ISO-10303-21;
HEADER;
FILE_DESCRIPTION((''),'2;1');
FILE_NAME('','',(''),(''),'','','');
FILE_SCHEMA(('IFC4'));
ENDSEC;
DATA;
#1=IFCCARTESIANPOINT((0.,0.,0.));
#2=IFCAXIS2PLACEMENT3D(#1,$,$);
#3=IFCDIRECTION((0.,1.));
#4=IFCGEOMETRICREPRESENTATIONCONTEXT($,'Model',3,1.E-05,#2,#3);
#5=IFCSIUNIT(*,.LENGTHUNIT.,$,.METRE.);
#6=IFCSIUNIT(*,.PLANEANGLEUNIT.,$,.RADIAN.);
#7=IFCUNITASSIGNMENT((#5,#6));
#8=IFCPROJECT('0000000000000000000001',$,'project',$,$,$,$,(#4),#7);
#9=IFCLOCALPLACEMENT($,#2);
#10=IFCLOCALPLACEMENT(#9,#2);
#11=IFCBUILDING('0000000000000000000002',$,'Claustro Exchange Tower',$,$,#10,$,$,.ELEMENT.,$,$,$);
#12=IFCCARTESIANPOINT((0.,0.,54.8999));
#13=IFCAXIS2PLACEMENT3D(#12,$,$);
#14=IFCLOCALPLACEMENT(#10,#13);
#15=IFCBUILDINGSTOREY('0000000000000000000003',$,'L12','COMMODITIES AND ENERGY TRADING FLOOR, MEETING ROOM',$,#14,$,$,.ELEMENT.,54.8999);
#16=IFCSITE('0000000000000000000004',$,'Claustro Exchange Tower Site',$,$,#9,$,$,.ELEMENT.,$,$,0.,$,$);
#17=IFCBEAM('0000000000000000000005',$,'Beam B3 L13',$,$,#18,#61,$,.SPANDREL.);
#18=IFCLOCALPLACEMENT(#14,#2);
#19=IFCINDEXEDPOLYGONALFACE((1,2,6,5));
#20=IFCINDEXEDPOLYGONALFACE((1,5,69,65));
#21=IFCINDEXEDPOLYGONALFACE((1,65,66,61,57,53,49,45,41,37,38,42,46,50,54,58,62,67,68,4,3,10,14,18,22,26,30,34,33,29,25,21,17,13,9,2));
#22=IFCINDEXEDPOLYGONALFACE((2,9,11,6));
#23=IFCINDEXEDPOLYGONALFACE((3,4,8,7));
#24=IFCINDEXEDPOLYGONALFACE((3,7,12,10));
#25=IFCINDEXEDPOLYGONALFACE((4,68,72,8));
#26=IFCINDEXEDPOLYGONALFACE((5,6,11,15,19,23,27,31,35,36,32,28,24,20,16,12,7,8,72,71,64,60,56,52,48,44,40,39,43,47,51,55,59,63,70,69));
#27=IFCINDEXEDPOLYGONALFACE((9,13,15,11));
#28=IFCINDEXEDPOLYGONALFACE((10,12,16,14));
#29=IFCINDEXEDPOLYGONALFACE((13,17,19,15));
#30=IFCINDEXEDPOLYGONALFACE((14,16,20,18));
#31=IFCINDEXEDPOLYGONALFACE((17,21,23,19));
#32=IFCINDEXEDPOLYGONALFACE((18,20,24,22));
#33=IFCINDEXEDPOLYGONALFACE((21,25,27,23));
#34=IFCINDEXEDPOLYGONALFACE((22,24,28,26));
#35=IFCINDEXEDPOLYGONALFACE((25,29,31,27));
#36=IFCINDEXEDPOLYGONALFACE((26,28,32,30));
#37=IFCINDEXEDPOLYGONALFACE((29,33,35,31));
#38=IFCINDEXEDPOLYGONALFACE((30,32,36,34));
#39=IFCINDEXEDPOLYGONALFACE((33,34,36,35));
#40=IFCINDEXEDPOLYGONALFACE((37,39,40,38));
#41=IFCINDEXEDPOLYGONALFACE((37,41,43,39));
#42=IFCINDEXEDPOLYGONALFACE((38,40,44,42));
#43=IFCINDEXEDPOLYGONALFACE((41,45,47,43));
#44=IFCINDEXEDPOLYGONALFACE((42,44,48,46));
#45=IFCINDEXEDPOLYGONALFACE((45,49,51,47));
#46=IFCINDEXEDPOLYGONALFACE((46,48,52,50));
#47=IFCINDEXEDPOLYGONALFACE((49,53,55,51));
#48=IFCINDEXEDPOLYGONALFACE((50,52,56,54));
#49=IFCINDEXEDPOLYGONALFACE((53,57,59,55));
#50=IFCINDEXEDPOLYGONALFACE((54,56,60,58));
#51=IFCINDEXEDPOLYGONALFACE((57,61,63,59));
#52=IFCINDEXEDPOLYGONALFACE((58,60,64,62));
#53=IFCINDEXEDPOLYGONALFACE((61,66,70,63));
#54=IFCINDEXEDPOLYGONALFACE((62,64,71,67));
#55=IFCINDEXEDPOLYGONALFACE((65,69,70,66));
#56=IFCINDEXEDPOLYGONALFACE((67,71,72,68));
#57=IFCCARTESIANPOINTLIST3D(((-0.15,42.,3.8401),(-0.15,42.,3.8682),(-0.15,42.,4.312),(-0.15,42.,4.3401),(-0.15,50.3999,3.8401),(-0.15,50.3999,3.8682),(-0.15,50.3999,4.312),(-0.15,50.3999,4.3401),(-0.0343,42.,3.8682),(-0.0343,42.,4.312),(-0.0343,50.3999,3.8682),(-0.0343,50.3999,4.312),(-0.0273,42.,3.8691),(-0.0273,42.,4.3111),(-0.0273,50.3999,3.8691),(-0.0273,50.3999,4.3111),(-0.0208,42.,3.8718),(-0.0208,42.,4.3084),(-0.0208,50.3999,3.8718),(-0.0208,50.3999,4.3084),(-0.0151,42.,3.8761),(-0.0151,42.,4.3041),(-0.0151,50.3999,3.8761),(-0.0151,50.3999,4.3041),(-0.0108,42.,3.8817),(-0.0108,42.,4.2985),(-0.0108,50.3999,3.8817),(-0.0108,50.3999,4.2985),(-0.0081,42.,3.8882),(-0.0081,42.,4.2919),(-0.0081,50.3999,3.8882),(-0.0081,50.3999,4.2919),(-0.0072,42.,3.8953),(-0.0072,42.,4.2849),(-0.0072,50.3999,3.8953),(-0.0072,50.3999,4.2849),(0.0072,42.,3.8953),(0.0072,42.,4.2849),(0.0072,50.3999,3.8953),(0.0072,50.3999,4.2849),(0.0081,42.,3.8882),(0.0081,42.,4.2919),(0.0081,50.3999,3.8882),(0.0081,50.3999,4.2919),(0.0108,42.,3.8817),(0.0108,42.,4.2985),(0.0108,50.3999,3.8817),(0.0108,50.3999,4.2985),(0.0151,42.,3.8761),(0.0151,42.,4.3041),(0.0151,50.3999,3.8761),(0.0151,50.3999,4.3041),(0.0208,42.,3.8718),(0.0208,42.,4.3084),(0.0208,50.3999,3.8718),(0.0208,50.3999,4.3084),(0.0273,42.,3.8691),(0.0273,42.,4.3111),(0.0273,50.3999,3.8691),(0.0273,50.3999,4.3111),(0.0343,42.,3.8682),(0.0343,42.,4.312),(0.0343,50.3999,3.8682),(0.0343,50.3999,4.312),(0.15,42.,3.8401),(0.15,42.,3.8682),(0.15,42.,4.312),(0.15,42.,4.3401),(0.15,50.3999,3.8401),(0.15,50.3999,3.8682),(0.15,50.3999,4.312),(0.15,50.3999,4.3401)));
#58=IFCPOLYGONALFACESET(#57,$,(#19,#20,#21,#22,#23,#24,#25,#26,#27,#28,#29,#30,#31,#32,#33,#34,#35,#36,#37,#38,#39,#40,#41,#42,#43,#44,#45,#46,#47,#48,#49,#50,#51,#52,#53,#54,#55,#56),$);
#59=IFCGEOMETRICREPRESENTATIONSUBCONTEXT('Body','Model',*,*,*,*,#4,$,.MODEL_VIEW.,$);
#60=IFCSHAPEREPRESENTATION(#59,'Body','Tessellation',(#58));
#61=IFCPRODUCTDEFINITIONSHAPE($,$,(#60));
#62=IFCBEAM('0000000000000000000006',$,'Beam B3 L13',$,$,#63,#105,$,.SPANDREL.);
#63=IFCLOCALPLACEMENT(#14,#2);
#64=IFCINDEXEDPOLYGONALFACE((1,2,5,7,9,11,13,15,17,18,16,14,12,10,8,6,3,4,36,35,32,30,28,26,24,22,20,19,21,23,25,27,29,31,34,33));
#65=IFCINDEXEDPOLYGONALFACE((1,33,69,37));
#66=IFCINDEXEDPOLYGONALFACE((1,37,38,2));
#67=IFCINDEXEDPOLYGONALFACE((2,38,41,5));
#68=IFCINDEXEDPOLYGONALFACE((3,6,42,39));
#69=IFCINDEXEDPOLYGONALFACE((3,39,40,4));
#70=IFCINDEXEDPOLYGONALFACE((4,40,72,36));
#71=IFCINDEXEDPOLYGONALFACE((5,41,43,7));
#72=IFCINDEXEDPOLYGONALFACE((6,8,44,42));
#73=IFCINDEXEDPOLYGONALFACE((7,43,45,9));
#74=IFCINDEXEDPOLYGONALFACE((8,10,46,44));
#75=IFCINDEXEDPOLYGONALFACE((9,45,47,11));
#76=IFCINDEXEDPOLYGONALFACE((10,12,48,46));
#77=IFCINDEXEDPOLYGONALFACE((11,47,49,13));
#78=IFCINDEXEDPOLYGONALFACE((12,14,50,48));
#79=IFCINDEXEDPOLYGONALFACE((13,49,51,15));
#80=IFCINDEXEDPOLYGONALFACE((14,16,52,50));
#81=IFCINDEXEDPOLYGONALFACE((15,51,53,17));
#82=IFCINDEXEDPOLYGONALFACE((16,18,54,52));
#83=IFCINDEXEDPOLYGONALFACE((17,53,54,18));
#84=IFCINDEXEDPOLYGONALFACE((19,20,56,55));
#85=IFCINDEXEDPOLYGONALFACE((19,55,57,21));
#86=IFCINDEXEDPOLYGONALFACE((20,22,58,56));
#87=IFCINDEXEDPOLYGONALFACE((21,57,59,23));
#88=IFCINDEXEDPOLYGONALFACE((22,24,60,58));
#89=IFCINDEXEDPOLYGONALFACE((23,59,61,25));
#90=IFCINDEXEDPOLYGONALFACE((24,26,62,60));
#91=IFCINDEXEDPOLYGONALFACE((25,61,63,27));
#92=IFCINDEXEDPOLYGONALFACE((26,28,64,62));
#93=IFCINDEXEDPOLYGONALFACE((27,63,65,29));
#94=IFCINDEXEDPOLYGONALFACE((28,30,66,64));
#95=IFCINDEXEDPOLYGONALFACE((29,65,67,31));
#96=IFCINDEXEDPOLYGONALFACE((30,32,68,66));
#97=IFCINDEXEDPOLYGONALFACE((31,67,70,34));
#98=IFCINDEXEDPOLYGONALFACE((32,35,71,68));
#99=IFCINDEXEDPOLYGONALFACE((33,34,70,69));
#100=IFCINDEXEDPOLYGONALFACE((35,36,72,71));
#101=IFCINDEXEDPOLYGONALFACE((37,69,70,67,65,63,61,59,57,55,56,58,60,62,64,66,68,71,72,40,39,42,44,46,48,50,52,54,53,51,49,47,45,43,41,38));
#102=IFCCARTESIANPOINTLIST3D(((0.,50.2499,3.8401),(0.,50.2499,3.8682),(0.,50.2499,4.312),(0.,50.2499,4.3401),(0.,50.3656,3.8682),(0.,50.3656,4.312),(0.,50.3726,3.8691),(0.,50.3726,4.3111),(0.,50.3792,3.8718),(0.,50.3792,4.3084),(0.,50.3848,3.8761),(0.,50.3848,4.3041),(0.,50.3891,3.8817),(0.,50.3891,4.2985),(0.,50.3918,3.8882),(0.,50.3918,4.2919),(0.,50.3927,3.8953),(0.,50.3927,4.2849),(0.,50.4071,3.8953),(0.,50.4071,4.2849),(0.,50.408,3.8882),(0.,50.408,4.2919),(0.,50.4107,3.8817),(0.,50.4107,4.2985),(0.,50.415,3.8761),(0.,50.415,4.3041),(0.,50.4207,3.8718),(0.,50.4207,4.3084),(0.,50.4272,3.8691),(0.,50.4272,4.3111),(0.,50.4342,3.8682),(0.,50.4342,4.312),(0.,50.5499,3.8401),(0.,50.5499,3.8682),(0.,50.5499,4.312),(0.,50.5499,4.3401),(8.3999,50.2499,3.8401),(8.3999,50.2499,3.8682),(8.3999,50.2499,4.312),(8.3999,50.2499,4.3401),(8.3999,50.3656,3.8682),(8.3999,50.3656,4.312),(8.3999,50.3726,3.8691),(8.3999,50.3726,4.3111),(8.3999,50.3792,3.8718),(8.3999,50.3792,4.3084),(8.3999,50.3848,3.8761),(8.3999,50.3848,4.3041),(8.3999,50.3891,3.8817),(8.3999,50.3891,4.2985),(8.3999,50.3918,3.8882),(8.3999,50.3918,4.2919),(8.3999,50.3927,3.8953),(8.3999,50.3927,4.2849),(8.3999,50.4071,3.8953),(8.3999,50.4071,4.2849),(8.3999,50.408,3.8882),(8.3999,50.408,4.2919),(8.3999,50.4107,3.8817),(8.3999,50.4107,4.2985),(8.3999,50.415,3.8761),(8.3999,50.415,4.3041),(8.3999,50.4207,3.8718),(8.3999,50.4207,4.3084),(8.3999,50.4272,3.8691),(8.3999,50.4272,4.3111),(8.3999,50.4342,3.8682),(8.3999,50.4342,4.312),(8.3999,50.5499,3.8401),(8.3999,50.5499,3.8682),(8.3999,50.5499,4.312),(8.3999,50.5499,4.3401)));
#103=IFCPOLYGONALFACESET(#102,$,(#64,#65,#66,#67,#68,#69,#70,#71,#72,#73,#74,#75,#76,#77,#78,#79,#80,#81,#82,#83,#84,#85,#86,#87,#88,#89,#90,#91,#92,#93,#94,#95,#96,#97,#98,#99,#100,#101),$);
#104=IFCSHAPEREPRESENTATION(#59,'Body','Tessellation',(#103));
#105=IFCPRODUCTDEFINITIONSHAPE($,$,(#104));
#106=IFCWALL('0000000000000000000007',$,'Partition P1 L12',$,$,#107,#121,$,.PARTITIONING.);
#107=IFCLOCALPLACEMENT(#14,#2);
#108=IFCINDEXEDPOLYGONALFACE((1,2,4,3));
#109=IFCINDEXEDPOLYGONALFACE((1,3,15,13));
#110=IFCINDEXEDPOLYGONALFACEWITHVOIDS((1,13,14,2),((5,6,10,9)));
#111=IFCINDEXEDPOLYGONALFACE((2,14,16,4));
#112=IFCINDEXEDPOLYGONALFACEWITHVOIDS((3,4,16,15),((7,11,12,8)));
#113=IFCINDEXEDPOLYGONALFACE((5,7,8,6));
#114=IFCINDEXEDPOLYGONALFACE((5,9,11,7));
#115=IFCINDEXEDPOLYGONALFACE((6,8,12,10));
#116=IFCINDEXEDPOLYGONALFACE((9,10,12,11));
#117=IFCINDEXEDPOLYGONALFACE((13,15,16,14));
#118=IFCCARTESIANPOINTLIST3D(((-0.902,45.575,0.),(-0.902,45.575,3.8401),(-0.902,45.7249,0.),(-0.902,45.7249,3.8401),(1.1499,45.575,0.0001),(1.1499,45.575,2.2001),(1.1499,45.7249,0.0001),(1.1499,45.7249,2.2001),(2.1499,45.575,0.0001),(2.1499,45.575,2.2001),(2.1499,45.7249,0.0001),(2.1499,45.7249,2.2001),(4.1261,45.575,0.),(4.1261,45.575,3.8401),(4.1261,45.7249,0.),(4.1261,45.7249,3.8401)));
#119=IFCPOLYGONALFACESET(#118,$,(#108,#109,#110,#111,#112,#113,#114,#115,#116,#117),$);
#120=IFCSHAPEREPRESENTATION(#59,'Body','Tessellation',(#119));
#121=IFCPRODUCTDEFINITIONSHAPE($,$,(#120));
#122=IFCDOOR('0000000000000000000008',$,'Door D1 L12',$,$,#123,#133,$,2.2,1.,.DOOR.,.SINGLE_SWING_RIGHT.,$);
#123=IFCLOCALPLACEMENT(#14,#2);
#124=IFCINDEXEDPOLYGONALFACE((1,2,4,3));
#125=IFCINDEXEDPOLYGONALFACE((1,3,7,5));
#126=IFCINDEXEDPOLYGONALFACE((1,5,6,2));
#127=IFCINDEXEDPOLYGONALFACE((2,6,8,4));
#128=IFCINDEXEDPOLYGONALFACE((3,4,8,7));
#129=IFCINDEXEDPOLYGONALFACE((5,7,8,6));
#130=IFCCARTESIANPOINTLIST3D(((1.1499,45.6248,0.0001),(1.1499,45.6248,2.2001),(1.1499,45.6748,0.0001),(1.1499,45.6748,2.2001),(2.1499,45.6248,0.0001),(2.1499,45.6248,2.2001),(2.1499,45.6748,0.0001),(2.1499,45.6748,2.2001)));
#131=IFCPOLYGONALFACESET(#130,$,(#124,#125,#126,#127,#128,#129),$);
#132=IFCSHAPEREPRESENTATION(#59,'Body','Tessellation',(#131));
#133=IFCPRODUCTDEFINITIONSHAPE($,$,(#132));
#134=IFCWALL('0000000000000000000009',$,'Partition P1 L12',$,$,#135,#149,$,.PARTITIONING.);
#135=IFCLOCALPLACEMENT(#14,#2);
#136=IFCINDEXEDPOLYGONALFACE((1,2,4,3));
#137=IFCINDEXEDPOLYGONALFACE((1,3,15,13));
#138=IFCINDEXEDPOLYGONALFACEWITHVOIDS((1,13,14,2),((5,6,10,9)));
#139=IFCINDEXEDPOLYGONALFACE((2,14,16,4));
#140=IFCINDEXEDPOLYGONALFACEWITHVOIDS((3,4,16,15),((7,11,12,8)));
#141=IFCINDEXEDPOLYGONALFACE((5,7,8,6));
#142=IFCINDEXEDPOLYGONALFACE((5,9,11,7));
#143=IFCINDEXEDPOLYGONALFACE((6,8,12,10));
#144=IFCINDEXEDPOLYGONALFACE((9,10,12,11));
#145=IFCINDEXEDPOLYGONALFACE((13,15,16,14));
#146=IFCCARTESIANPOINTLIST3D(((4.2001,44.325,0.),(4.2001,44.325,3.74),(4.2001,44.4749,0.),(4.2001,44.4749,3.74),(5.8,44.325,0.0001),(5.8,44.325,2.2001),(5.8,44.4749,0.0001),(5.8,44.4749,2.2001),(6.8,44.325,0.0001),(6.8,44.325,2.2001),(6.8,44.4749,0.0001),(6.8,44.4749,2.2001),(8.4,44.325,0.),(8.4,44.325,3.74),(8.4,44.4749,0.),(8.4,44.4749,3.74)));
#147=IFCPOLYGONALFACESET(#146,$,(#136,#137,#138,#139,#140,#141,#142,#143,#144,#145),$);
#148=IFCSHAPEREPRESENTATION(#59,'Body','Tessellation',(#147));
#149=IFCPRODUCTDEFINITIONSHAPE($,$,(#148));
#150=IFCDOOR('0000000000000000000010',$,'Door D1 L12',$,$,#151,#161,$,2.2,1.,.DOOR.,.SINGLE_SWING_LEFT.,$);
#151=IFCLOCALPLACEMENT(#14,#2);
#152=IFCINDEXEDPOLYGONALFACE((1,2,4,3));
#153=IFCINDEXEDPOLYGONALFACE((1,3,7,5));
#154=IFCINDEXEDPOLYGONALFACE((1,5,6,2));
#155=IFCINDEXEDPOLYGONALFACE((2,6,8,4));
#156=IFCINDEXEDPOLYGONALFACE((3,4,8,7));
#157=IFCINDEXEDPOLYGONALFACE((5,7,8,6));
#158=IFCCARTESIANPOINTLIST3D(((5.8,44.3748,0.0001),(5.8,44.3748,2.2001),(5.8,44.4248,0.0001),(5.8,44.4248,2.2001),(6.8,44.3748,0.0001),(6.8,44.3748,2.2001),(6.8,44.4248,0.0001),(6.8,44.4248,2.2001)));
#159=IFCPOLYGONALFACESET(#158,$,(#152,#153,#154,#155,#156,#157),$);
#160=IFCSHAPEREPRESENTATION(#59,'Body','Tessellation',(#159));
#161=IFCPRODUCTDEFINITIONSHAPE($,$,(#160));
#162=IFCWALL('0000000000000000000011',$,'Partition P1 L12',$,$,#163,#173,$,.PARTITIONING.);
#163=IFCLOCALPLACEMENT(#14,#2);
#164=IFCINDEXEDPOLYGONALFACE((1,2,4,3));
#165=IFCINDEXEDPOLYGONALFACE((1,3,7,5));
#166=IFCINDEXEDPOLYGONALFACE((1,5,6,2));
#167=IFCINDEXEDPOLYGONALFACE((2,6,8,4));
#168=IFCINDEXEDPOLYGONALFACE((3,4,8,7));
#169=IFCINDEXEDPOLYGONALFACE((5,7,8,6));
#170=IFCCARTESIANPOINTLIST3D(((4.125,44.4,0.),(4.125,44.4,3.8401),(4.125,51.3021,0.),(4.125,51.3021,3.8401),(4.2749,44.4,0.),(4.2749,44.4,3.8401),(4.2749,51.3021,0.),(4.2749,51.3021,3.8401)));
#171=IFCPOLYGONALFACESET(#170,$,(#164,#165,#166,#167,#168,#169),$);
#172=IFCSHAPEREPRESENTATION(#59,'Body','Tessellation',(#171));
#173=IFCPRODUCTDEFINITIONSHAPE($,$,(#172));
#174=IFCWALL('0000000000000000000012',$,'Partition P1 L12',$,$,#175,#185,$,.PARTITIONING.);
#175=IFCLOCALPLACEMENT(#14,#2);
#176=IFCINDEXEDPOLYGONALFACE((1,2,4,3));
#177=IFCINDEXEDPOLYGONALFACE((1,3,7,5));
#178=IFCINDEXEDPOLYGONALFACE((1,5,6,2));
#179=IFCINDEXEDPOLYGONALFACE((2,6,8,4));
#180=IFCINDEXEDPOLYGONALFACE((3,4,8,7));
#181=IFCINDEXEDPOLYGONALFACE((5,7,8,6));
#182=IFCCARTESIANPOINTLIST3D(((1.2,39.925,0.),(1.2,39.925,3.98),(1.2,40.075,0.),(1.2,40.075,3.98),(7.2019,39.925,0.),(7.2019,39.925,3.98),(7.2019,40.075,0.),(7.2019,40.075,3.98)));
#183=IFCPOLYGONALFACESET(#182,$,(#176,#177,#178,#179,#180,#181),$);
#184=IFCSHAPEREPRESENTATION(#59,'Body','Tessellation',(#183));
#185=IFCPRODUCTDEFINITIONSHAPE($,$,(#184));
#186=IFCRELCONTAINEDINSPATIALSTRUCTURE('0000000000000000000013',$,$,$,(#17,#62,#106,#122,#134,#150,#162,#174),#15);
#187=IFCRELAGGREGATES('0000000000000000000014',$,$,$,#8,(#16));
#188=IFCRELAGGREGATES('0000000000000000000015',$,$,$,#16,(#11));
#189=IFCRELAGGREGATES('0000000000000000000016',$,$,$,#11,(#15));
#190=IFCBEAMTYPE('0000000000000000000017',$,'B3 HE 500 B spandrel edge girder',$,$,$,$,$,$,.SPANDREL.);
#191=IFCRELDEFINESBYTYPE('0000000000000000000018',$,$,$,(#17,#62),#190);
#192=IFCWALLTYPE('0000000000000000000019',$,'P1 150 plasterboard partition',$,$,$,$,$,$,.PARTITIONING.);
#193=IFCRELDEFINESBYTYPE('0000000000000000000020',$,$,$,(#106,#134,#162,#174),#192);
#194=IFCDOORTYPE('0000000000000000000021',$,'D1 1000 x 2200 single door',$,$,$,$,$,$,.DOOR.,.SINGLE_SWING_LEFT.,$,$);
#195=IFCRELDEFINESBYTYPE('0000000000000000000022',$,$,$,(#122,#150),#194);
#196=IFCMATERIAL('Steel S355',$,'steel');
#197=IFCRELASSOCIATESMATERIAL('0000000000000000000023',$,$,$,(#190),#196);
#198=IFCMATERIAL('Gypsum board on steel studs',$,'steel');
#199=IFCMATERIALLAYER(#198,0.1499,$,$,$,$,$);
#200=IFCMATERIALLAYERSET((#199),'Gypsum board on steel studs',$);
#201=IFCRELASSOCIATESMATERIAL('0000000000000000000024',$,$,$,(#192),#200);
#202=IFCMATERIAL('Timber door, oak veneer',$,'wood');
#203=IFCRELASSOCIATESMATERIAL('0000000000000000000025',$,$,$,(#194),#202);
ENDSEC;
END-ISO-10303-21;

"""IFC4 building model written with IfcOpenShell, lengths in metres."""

from ifc_helpers import new_model, si_unit, direction, frame, frame_2d, origin, origin_2d, place, context, subcontext, project, spatial, rectangle, i_section, extrude, material, layer, layer_set, material_profile, profile_set, type_object, element, fill, save


model = new_model("IFC4")

# Units and contexts
model_context = context("Model", 3, precision=1e-05, world=origin(), true_north=direction((0.0, 1.0)))
body_context = subcontext(model_context, "Body", "Model", "MODEL_VIEW")
ifc_project = project(units=[si_unit("LENGTHUNIT", "METRE"), si_unit("PLANEANGLEUNIT", "RADIAN")], contexts=[model_context])

# Site, building, storey
site_placement = place(None, origin())
site = spatial("IfcSite", under=ifc_project, at=site_placement, Name="Claustro Exchange Tower Site", CompositionType="ELEMENT", RefElevation=0.0)
building_placement = place(site_placement, origin())
building = spatial("IfcBuilding", under=site, at=building_placement, Name="Claustro Exchange Tower", CompositionType="ELEMENT")
storey_placement = place(building_placement, frame((0.0, 0.0, 54.8999)))
storey = spatial("IfcBuildingStorey", under=building, at=storey_placement, Name="L12", Description="COMMODITIES AND ENERGY TRADING FLOOR, MEETING ROOM", CompositionType="ELEMENT", Elevation=54.8999)

# Beams
ifc_material_1 = material(Name="Steel S355", Category="steel")
ifc_material_profile_1 = material_profile(ifc_material_1, i_section(OverallWidth=0.3, OverallDepth=0.5, WebThickness=0.0144, FlangeThickness=0.0281, FilletRadius=0.0271, at=origin_2d()), Name="HE 500 B")
ifc_profile_set_1 = profile_set([ifc_material_profile_1], Name="Steel S355")
beam_type_1 = type_object("IfcBeamType", Name="B3 HE 500 B spandrel edge girder", PredefinedType="SPANDREL", material=ifc_profile_set_1)
for number, where, z_axis, x_axis, name in (
    (1, (0.0, 42.0, 4.0901), (0.0, 1.0, 0.0), (-1.0, 0.0, 0.0), "Beam B3 L13"),
    (2, (0.0, 50.3999, 4.0901), (1.0, 0.0, 0.0), (0.0, 1.0, 0.0), "Beam B3 L13"),
):
    element("IfcBeam", number, at=place(storey_placement, frame(where, z_axis=z_axis, x_axis=x_axis)), inside=storey, type_object=beam_type_1, Name=name, PredefinedType="SPANDREL", context=body_context, shape_type="SweptSolid", body=[
        extrude(i_section(OverallWidth=0.3, OverallDepth=0.5, WebThickness=0.0144, FlangeThickness=0.0281, FilletRadius=0.0271, at=origin_2d()), origin(), (0.0, 0.0, 1.0), 8.3999),
    ])

# Walls, openings, doors
ifc_material_2 = material(Name="Gypsum board on steel studs", Category="steel")
ifc_layer_1 = layer(ifc_material_2, 0.1499)
ifc_layer_set_1 = layer_set([ifc_layer_1], Name="Gypsum board on steel studs")
wall_type_1 = type_object("IfcWallType", Name="P1 150 plasterboard partition", PredefinedType="PARTITIONING", material=ifc_layer_set_1)
wall_1_placement = place(storey_placement, frame((-0.9021, 45.6499, 0.0), z_axis=(0.0, 0.0, 1.0), x_axis=(1.0, 0.0, 0.0)))
wall_1 = element("IfcWall", 3, at=wall_1_placement, inside=storey, type_object=wall_type_1, Name="Partition P1 L12", PredefinedType="PARTITIONING", context=body_context, shape_type="SweptSolid", body=[
    extrude(rectangle(XDim=5.0281, YDim=0.1499, at=frame_2d((2.5142, 0.0))), origin(), (0.0, 0.0, 1.0), 3.8401),
])
opening_1_placement = place(wall_1_placement, frame((2.052, 0.0, 0.0)))
opening_1 = element("IfcOpeningElement", 4, at=opening_1_placement, cuts=wall_1, PredefinedType="OPENING", context=body_context, shape_type="SweptSolid", body=[
    extrude(rectangle(XDim=1.0, YDim=2.2, at=frame_2d((0.5, 1.1001))), frame((0.0, 0.085, 0.0), z_axis=(0.0, -1.0, 0.0), x_axis=(1.0, 0.0, 0.0)), (0.0, 0.0, 1.0), 0.1699),
])
ifc_material_3 = material(Name="Timber door, oak veneer", Category="wood")
door_type = type_object("IfcDoorType", Name="D1 1000 x 2200 single door", OperationType="SINGLE_SWING_LEFT", PredefinedType="DOOR", material=ifc_material_3)
door_1_placement = place(opening_1_placement, origin())
door_1 = element("IfcDoor", 5, at=door_1_placement, inside=storey, type_object=door_type, Name="Door D1 L12", OperationType="SINGLE_SWING_RIGHT", OverallHeight=2.2, OverallWidth=1.0, PredefinedType="DOOR", context=body_context, shape_type="SweptSolid", body=[
    extrude(rectangle(XDim=1.0, YDim=2.2, at=frame_2d((0.5, 1.1001))), frame((0.0, 0.0249, 0.0), z_axis=(0.0, -1.0, 0.0), x_axis=(1.0, 0.0, 0.0)), (0.0, 0.0, 1.0), 0.05),
])
fill(opening_1, door_1)
wall_2_placement = place(storey_placement, frame((4.2, 44.3999, 0.0), z_axis=(0.0, 0.0, 1.0), x_axis=(1.0, 0.0, 0.0)))
wall_2 = element("IfcWall", 6, at=wall_2_placement, inside=storey, type_object=wall_type_1, Name="Partition P1 L12", PredefinedType="PARTITIONING", context=body_context, shape_type="SweptSolid", body=[
    extrude(rectangle(XDim=4.2, YDim=0.1499, at=frame_2d((2.1001, 0.0))), origin(), (0.0, 0.0, 1.0), 3.74),
])
opening_2_placement = place(wall_2_placement, frame((1.6001, 0.0, 0.0)))
opening_2 = element("IfcOpeningElement", 7, at=opening_2_placement, cuts=wall_2, PredefinedType="OPENING", context=body_context, shape_type="SweptSolid", body=[
    extrude(rectangle(XDim=1.0, YDim=2.2, at=frame_2d((0.5, 1.1001))), frame((0.0, 0.085, 0.0), z_axis=(0.0, -1.0, 0.0), x_axis=(1.0, 0.0, 0.0)), (0.0, 0.0, 1.0), 0.1699),
])
door_2_placement = place(opening_2_placement, origin())
door_2 = element("IfcDoor", 8, at=door_2_placement, inside=storey, type_object=door_type, Name="Door D1 L12", OperationType="SINGLE_SWING_LEFT", OverallHeight=2.2, OverallWidth=1.0, PredefinedType="DOOR", context=body_context, shape_type="SweptSolid", body=[
    extrude(rectangle(XDim=1.0, YDim=2.2, at=frame_2d((0.5, 1.1001))), frame((0.0, 0.0249, 0.0), z_axis=(0.0, -1.0, 0.0), x_axis=(1.0, 0.0, 0.0)), (0.0, 0.0, 1.0), 0.05),
])
fill(opening_2, door_2)

# Walls
wall_3_placement = place(storey_placement, frame((4.2, 44.3999, 0.0), z_axis=(0.0, 0.0, 1.0), x_axis=(0.0, 1.0, 0.0)))
element("IfcWall", 9, at=wall_3_placement, inside=storey, type_object=wall_type_1, Name="Partition P1 L12", PredefinedType="PARTITIONING", context=body_context, shape_type="SweptSolid", body=[
    extrude(rectangle(XDim=6.9021, YDim=0.1499, at=frame_2d((3.4512, 0.0))), origin(), (0.0, 0.0, 1.0), 3.8401),
])
wall_4_placement = place(storey_placement, frame((1.2, 40.0, 0.0), z_axis=(0.0, 0.0, 1.0), x_axis=(1.0, 0.0, 0.0)))
element("IfcWall", 10, at=wall_4_placement, inside=storey, type_object=wall_type_1, Name="Partition P1 L12", PredefinedType="PARTITIONING", context=body_context, shape_type="SweptSolid", body=[
    extrude(rectangle(XDim=6.002, YDim=0.1499, at=frame_2d((3.001, 0.0))), origin(), (0.0, 0.0, 1.0), 3.98),
])

save(model, "model.ifc")
